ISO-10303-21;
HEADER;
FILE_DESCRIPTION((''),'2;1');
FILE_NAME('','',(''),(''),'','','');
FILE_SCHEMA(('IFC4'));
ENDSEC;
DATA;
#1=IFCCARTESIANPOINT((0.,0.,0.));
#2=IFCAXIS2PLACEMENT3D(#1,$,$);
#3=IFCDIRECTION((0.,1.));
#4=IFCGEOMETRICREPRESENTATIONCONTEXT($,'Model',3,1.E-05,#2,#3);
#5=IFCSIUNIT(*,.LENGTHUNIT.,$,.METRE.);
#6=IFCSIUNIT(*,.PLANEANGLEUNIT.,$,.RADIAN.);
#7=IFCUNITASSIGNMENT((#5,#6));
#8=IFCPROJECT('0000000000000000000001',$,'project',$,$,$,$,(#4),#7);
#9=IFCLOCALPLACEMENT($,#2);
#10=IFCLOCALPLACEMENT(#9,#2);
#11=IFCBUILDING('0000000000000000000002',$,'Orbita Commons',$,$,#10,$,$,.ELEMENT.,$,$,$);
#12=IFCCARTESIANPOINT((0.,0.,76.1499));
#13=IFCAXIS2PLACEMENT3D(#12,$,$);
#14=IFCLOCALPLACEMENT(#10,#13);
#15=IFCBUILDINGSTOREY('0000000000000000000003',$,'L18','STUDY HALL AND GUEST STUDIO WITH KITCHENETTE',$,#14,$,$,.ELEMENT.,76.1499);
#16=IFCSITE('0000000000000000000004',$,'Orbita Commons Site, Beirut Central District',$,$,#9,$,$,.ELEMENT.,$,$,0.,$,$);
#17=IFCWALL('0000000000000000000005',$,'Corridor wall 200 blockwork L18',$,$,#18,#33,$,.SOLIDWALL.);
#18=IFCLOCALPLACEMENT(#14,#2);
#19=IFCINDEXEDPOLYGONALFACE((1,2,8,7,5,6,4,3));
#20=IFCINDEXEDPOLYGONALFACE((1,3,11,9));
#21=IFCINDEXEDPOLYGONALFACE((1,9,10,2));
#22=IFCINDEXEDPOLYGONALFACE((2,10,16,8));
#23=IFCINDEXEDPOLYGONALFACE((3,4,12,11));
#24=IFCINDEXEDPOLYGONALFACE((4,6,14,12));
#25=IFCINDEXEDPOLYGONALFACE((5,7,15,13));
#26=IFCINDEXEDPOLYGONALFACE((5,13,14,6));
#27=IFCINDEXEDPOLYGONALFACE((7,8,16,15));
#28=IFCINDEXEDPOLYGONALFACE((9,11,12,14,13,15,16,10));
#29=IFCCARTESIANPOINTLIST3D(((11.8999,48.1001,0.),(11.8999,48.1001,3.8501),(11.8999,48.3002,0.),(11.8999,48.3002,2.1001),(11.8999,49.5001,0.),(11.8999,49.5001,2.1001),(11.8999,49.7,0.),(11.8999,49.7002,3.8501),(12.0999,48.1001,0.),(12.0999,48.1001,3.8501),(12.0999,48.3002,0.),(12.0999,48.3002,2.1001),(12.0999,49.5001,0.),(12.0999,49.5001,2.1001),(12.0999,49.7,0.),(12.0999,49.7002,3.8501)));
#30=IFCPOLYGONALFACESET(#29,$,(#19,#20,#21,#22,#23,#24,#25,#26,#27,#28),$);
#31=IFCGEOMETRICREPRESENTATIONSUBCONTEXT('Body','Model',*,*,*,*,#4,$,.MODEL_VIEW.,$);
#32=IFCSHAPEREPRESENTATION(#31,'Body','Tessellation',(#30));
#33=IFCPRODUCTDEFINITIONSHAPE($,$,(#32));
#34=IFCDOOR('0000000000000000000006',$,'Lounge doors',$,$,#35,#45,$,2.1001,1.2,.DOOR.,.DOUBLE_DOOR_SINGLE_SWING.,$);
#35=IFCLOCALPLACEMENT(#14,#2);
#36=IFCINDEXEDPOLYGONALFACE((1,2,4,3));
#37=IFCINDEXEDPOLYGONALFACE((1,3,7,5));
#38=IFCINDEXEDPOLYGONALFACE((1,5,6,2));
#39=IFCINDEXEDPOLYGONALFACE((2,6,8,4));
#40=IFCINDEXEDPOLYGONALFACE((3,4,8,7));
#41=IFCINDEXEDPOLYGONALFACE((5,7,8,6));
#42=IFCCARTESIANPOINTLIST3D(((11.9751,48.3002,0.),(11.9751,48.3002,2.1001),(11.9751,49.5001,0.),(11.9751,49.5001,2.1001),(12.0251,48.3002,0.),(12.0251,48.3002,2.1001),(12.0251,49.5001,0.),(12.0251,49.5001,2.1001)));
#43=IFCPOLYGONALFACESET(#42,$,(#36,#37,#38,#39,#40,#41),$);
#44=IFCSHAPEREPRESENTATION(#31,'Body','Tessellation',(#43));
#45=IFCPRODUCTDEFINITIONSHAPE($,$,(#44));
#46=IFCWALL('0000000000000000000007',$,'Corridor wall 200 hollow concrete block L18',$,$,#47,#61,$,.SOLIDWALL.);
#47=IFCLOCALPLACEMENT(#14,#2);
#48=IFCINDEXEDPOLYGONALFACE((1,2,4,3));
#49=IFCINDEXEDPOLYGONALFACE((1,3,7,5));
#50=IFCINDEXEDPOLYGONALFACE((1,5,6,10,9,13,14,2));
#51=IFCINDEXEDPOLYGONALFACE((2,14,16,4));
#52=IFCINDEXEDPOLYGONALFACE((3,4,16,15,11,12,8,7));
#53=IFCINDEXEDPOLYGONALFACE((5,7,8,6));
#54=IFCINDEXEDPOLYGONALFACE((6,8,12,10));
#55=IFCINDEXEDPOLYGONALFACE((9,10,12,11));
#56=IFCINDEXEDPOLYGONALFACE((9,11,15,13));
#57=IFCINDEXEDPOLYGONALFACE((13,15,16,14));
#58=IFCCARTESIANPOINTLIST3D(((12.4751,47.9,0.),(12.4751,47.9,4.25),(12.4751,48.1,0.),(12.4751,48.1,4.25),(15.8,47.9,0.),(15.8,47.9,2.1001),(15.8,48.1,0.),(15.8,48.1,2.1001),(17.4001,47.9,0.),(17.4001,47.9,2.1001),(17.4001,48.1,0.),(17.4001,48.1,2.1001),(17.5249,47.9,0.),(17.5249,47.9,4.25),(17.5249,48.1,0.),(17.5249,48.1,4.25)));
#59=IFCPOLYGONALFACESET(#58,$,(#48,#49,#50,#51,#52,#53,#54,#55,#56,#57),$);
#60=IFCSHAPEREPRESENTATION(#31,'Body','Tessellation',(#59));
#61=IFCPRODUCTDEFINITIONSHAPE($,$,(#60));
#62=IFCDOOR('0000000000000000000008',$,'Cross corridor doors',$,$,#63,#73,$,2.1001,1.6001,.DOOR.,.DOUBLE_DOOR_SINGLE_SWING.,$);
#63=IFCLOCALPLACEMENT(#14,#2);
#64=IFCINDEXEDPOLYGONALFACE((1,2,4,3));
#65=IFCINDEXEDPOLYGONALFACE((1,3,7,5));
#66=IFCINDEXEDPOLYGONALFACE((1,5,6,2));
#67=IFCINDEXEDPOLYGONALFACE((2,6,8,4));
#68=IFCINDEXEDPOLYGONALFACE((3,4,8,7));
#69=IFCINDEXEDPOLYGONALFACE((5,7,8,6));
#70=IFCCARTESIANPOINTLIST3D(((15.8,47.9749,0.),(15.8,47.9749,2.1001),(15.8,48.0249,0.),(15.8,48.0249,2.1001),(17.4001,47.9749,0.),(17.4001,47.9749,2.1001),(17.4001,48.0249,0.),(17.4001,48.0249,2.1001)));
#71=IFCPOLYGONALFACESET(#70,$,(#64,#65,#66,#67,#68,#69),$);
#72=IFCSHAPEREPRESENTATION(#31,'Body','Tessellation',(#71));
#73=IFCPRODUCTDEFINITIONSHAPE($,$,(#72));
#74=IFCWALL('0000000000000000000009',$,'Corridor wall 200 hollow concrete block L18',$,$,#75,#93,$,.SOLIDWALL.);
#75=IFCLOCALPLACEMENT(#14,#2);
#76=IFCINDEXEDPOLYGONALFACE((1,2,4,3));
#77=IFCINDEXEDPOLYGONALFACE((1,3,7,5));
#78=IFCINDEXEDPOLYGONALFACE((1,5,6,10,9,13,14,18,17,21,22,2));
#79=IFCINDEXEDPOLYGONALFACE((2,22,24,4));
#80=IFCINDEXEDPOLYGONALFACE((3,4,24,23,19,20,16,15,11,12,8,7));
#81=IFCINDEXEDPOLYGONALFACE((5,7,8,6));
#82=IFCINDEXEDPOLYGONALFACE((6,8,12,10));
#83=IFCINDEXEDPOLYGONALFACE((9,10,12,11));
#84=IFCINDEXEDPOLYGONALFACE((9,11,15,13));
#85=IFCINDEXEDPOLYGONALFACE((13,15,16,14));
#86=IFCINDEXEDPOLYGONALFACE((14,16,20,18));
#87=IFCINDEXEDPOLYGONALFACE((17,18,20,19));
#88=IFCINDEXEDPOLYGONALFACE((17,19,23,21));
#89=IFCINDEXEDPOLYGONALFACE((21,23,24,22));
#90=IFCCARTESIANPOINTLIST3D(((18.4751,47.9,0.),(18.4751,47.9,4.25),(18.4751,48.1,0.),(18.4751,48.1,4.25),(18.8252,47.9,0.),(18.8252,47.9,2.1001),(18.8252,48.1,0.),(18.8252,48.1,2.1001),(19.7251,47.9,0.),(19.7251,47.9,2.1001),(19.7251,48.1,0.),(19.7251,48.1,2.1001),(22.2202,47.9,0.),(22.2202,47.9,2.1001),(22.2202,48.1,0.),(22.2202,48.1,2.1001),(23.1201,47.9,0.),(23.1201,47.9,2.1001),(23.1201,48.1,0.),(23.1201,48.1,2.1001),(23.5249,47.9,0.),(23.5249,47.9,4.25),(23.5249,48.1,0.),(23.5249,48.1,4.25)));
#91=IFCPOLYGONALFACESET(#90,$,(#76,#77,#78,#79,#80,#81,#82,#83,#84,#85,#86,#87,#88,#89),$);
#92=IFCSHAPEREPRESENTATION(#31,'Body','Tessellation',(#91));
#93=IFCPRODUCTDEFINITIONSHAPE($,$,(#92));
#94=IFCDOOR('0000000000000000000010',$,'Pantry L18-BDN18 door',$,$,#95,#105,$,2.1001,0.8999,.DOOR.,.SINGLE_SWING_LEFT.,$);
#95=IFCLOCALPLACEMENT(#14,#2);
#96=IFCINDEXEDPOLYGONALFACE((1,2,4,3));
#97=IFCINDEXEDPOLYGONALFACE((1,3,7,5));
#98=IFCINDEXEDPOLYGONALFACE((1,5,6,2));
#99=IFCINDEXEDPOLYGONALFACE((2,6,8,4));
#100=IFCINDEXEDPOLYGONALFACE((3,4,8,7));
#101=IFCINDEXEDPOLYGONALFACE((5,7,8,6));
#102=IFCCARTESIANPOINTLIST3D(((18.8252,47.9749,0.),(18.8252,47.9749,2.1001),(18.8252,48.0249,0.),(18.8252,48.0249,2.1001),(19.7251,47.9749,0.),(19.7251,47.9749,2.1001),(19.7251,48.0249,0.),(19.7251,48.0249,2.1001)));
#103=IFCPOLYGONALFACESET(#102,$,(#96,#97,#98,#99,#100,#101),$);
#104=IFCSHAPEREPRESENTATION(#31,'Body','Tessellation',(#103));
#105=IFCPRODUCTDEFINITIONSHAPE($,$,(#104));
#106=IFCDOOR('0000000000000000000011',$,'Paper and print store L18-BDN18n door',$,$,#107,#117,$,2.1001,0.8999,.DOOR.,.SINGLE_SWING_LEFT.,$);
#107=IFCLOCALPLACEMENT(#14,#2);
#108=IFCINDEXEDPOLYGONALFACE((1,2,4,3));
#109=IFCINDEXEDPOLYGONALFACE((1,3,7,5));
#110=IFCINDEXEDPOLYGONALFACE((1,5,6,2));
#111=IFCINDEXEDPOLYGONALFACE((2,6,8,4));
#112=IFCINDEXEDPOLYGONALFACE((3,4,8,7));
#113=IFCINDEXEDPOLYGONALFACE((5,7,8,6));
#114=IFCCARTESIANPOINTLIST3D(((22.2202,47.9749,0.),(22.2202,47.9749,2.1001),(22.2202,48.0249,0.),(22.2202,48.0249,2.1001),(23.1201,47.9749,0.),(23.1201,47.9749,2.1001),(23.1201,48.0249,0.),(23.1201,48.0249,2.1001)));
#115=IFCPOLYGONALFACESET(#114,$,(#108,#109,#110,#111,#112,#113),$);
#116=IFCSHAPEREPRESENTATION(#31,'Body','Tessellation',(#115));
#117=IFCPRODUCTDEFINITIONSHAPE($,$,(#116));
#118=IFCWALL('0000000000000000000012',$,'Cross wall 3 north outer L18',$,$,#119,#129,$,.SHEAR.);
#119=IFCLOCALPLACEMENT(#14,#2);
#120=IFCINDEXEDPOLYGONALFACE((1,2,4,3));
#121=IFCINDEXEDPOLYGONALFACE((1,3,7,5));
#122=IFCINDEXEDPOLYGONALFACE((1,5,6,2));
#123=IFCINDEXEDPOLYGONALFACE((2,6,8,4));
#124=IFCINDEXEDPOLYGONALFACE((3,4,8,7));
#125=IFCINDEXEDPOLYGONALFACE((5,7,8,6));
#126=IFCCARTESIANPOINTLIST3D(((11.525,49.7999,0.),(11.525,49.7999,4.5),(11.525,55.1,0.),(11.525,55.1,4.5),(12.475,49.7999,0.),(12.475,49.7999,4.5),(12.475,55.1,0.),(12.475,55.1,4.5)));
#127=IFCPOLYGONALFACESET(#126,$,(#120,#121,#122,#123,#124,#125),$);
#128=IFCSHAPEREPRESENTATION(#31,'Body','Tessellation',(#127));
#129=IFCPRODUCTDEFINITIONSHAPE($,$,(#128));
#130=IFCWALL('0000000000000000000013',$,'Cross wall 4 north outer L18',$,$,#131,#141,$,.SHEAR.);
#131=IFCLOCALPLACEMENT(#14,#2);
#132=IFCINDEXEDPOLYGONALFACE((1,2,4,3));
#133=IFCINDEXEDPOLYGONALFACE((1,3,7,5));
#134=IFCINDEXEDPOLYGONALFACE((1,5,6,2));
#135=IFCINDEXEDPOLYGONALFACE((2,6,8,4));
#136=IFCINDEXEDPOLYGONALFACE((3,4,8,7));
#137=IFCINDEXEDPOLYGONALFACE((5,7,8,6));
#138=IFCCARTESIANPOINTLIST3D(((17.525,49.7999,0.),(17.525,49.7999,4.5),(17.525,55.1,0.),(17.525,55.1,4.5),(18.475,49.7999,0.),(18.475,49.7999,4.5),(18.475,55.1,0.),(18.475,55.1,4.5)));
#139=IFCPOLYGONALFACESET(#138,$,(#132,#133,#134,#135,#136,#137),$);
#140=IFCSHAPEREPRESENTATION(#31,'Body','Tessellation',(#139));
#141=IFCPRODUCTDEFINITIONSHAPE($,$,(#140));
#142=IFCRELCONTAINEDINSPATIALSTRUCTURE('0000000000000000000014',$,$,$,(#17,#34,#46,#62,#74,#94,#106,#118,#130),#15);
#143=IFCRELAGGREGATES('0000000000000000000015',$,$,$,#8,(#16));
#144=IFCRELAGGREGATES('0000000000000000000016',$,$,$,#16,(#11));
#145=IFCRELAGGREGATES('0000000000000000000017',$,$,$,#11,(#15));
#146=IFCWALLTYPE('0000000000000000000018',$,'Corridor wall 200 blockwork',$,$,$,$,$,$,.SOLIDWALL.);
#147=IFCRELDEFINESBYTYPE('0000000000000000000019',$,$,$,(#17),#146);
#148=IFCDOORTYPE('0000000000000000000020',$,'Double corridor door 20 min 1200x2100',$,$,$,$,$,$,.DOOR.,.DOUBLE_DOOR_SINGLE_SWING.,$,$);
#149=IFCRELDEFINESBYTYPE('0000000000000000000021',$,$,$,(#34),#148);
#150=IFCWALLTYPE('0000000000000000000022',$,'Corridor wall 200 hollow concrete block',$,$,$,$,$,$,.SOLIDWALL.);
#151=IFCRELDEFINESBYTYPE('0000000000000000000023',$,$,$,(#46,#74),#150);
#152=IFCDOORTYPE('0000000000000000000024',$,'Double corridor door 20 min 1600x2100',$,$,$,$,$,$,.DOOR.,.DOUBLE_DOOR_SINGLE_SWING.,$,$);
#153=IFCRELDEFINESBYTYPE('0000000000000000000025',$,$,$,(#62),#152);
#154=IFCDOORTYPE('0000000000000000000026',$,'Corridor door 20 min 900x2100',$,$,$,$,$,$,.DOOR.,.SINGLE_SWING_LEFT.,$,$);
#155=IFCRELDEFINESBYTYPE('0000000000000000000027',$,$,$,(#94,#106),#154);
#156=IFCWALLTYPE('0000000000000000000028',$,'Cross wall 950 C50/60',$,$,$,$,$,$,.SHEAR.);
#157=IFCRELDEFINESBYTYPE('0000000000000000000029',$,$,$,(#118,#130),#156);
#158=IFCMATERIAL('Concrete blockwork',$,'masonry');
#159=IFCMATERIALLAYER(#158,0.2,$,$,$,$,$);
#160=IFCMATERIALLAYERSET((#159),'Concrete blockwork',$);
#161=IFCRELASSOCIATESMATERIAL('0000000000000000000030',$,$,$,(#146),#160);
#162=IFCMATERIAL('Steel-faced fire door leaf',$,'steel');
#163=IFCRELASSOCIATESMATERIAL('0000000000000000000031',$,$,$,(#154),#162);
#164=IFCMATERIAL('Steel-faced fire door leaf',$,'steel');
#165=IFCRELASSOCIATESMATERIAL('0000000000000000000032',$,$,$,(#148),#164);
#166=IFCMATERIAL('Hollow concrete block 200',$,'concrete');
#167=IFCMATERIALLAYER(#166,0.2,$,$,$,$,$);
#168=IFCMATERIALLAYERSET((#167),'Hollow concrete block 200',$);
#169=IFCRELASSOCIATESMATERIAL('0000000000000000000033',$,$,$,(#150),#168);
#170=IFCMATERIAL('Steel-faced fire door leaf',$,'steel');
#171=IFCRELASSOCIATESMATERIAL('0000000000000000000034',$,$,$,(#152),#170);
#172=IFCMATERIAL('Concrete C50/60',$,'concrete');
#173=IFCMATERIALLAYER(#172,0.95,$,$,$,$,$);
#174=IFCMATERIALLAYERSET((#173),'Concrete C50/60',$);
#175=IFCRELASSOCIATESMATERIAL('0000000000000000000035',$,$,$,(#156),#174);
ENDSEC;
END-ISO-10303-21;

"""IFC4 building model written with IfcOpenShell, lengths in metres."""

from ifc_helpers import new_model, si_unit, direction, frame, frame_2d, origin, place, context, subcontext, project, spatial, polyline, rectangle, outline, extrude, material, layer, layer_set, type_object, element, fill, save


model = new_model("IFC4")

# Units and contexts
model_context = context("Model", 3, precision=1e-05, world=origin(), true_north=direction((0.0, 1.0)))
body_context = subcontext(model_context, "Body", "Model", "MODEL_VIEW")
ifc_project = project(units=[si_unit("LENGTHUNIT", "METRE"), si_unit("PLANEANGLEUNIT", "RADIAN")], contexts=[model_context])

# Site, building, storey
site_placement = place(None, origin())
site = spatial("IfcSite", under=ifc_project, at=site_placement, Name="Orbita Commons Site, Beirut Central District", CompositionType="ELEMENT", RefElevation=0.0)
building_placement = place(site_placement, origin())
building = spatial("IfcBuilding", under=site, at=building_placement, Name="Orbita Commons", CompositionType="ELEMENT")
storey_placement = place(building_placement, frame((0.0, 0.0, 76.1499)))
storey = spatial("IfcBuildingStorey", under=building, at=storey_placement, Name="L18", Description="STUDY HALL AND GUEST STUDIO WITH KITCHENETTE", CompositionType="ELEMENT", Elevation=76.1499)

# Walls, openings, doors
ifc_material_1 = material(Name="Concrete blockwork", Category="masonry")
ifc_layer_1 = layer(ifc_material_1, 0.2)
ifc_layer_set_1 = layer_set([ifc_layer_1], Name="Concrete blockwork")
wall_type_1 = type_object("IfcWallType", Name="Corridor wall 200 blockwork", PredefinedType="SOLIDWALL", material=ifc_layer_set_1)
ifc_material_2 = material(Name="Steel-faced fire door leaf", Category="steel")
door_type_1 = type_object("IfcDoorType", Name="Corridor door 20 min 900x2100", OperationType="SINGLE_SWING_LEFT", PredefinedType="DOOR", material=ifc_material_2)
wall_1_placement = place(storey_placement, frame((12.0, 48.1001, 0.0), z_axis=(0.0, 0.0, 1.0), x_axis=(0.0, 1.0, 0.0)))
wall_1 = element("IfcWall", 1, at=wall_1_placement, inside=storey, type_object=wall_type_1, Name="Corridor wall 200 blockwork L18", PredefinedType="SOLIDWALL", context=body_context, shape_type="SweptSolid", body=[
    extrude(outline(polyline([(0.0, 0.0), (1.5999, 0.0), (1.6001, 3.8501), (0.0, 3.8501), (0.0, 0.0)])), frame((0.0, 0.1001, 0.0), z_axis=(0.0, -1.0, 0.0), x_axis=(1.0, 0.0, 0.0)), (0.0, 0.0, 1.0), 0.2),
])
opening_1_placement = place(wall_1_placement, frame((0.2, 0.0, 0.0)))
opening_1 = element("IfcOpeningElement", 2, at=opening_1_placement, cuts=wall_1, PredefinedType="OPENING", context=body_context, shape_type="SweptSolid", body=[
    extrude(rectangle(XDim=1.2, YDim=2.1001, at=frame_2d((0.6001, 1.05))), frame((0.0, 0.1099, 0.0), z_axis=(0.0, -1.0, 0.0), x_axis=(1.0, 0.0, 0.0)), (0.0, 0.0, 1.0), 0.22),
])
ifc_material_3 = material(Name="Steel-faced fire door leaf", Category="steel")
door_type_2 = type_object("IfcDoorType", Name="Double corridor door 20 min 1200x2100", OperationType="DOUBLE_DOOR_SINGLE_SWING", PredefinedType="DOOR", material=ifc_material_3)
door_1_placement = place(opening_1_placement, origin())
door_1 = element("IfcDoor", 3, at=door_1_placement, inside=storey, type_object=door_type_2, Name="Lounge doors", OperationType="DOUBLE_DOOR_SINGLE_SWING", OverallHeight=2.1001, OverallWidth=1.2, PredefinedType="DOOR", context=body_context, shape_type="SweptSolid", body=[
    extrude(rectangle(XDim=1.2, YDim=2.1001, at=frame_2d((0.6001, 1.05))), frame((0.0, 0.0249, 0.0), z_axis=(0.0, -1.0, 0.0), x_axis=(1.0, 0.0, 0.0)), (0.0, 0.0, 1.0), 0.05),
])
fill(opening_1, door_1)
ifc_material_4 = material(Name="Hollow concrete block 200", Category="concrete")
ifc_layer_2 = layer(ifc_material_4, 0.2)
ifc_layer_set_2 = layer_set([ifc_layer_2], Name="Hollow concrete block 200")
wall_type_2 = type_object("IfcWallType", Name="Corridor wall 200 hollow concrete block", PredefinedType="SOLIDWALL", material=ifc_layer_set_2)
wall_2_placement = place(storey_placement, frame((12.4751, 48.0, 0.0), z_axis=(0.0, 0.0, 1.0), x_axis=(1.0, 0.0, 0.0)))
wall_2 = element("IfcWall", 4, at=wall_2_placement, inside=storey, type_object=wall_type_2, Name="Corridor wall 200 hollow concrete block L18", PredefinedType="SOLIDWALL", context=body_context, shape_type="SweptSolid", body=[
    extrude(rectangle(XDim=5.0498, YDim=0.2, at=frame_2d((2.5249, 0.0))), origin(), (0.0, 0.0, 1.0), 4.25),
])
opening_2_placement = place(wall_2_placement, frame((3.325, 0.0, 0.0)))
opening_2 = element("IfcOpeningElement", 5, at=opening_2_placement, cuts=wall_2, PredefinedType="OPENING", context=body_context, shape_type="SweptSolid", body=[
    extrude(rectangle(XDim=1.6001, YDim=2.1001, at=frame_2d((0.8, 1.05))), frame((0.0, 0.1099, 0.0), z_axis=(0.0, -1.0, 0.0), x_axis=(1.0, 0.0, 0.0)), (0.0, 0.0, 1.0), 0.22),
])
ifc_material_5 = material(Name="Steel-faced fire door leaf", Category="steel")
door_type_3 = type_object("IfcDoorType", Name="Double corridor door 20 min 1600x2100", OperationType="DOUBLE_DOOR_SINGLE_SWING", PredefinedType="DOOR", material=ifc_material_5)
door_2_placement = place(opening_2_placement, origin())
door_2 = element("IfcDoor", 6, at=door_2_placement, inside=storey, type_object=door_type_3, Name="Cross corridor doors", OperationType="DOUBLE_DOOR_SINGLE_SWING", OverallHeight=2.1001, OverallWidth=1.6001, PredefinedType="DOOR", context=body_context, shape_type="SweptSolid", body=[
    extrude(rectangle(XDim=1.6001, YDim=2.1001, at=frame_2d((0.8, 1.05))), frame((0.0, 0.0249, 0.0), z_axis=(0.0, -1.0, 0.0), x_axis=(1.0, 0.0, 0.0)), (0.0, 0.0, 1.0), 0.05),
])
fill(opening_2, door_2)

# Wall, openings, doors
wall_3_placement = place(storey_placement, frame((18.4751, 48.0, 0.0), z_axis=(0.0, 0.0, 1.0), x_axis=(1.0, 0.0, 0.0)))
wall_3 = element("IfcWall", 7, at=wall_3_placement, inside=storey, type_object=wall_type_2, Name="Corridor wall 200 hollow concrete block L18", PredefinedType="SOLIDWALL", context=body_context, shape_type="SweptSolid", body=[
    extrude(rectangle(XDim=5.0498, YDim=0.2, at=frame_2d((2.5249, 0.0))), origin(), (0.0, 0.0, 1.0), 4.25),
])
opening_3_placement = place(wall_3_placement, frame((0.3501, 0.0, 0.0)))
opening_3 = element("IfcOpeningElement", 8, at=opening_3_placement, cuts=wall_3, PredefinedType="OPENING", context=body_context, shape_type="SweptSolid", body=[
    extrude(rectangle(XDim=0.8999, YDim=2.1001, at=frame_2d((0.45, 1.05))), frame((0.0, 0.1099, 0.0), z_axis=(0.0, -1.0, 0.0), x_axis=(1.0, 0.0, 0.0)), (0.0, 0.0, 1.0), 0.22),
])
opening_4_placement = place(wall_3_placement, frame((3.7451, 0.0, 0.0)))
opening_4 = element("IfcOpeningElement", 9, at=opening_4_placement, cuts=wall_3, PredefinedType="OPENING", context=body_context, shape_type="SweptSolid", body=[
    extrude(rectangle(XDim=0.8999, YDim=2.1001, at=frame_2d((0.45, 1.05))), frame((0.0, 0.1099, 0.0), z_axis=(0.0, -1.0, 0.0), x_axis=(1.0, 0.0, 0.0)), (0.0, 0.0, 1.0), 0.22),
])
door_3_placement = place(opening_3_placement, origin())
door_3 = element("IfcDoor", 10, at=door_3_placement, inside=storey, type_object=door_type_1, Name="Pantry L18-BDN18 door", OperationType="SINGLE_SWING_LEFT", OverallHeight=2.1001, OverallWidth=0.8999, PredefinedType="DOOR", context=body_context, shape_type="SweptSolid", body=[
    extrude(rectangle(XDim=0.8999, YDim=2.1001, at=frame_2d((0.45, 1.05))), frame((0.0, 0.0249, 0.0), z_axis=(0.0, -1.0, 0.0), x_axis=(1.0, 0.0, 0.0)), (0.0, 0.0, 1.0), 0.05),
])
fill(opening_3, door_3)
door_4_placement = place(opening_4_placement, origin())
door_4 = element("IfcDoor", 11, at=door_4_placement, inside=storey, type_object=door_type_1, Name="Paper and print store L18-BDN18n door", OperationType="SINGLE_SWING_LEFT", OverallHeight=2.1001, OverallWidth=0.8999, PredefinedType="DOOR", context=body_context, shape_type="SweptSolid", body=[
    extrude(rectangle(XDim=0.8999, YDim=2.1001, at=frame_2d((0.45, 1.05))), frame((0.0, 0.0249, 0.0), z_axis=(0.0, -1.0, 0.0), x_axis=(1.0, 0.0, 0.0)), (0.0, 0.0, 1.0), 0.05),
])
fill(opening_4, door_4)

# Walls
ifc_material_6 = material(Name="Concrete C50/60", Category="concrete")
ifc_layer_3 = layer(ifc_material_6, 0.95)
ifc_layer_set_3 = layer_set([ifc_layer_3], Name="Concrete C50/60")
wall_type_3 = type_object("IfcWallType", Name="Cross wall 950 C50/60", PredefinedType="SHEAR", material=ifc_layer_set_3)
for number, where, z_axis, x_axis, name in (
    (12, (12.0, 49.8, 0.0), (0.0, 0.0, 1.0), (0.0, 1.0, 0.0), "Cross wall 3 north outer L18"),
    (13, (18.0, 49.8, 0.0), (0.0, 0.0, 1.0), (0.0, 1.0, 0.0), "Cross wall 4 north outer L18"),
):
    element("IfcWall", number, at=place(storey_placement, frame(where, z_axis=z_axis, x_axis=x_axis)), inside=storey, type_object=wall_type_3, Name=name, PredefinedType="SHEAR", context=body_context, shape_type="SweptSolid", body=[
        extrude(rectangle(XDim=5.3, YDim=0.95, at=frame_2d((2.6499, 0.0))), origin(), (0.0, 0.0, 1.0), 4.5),
    ])

save(model, "model.ifc")
